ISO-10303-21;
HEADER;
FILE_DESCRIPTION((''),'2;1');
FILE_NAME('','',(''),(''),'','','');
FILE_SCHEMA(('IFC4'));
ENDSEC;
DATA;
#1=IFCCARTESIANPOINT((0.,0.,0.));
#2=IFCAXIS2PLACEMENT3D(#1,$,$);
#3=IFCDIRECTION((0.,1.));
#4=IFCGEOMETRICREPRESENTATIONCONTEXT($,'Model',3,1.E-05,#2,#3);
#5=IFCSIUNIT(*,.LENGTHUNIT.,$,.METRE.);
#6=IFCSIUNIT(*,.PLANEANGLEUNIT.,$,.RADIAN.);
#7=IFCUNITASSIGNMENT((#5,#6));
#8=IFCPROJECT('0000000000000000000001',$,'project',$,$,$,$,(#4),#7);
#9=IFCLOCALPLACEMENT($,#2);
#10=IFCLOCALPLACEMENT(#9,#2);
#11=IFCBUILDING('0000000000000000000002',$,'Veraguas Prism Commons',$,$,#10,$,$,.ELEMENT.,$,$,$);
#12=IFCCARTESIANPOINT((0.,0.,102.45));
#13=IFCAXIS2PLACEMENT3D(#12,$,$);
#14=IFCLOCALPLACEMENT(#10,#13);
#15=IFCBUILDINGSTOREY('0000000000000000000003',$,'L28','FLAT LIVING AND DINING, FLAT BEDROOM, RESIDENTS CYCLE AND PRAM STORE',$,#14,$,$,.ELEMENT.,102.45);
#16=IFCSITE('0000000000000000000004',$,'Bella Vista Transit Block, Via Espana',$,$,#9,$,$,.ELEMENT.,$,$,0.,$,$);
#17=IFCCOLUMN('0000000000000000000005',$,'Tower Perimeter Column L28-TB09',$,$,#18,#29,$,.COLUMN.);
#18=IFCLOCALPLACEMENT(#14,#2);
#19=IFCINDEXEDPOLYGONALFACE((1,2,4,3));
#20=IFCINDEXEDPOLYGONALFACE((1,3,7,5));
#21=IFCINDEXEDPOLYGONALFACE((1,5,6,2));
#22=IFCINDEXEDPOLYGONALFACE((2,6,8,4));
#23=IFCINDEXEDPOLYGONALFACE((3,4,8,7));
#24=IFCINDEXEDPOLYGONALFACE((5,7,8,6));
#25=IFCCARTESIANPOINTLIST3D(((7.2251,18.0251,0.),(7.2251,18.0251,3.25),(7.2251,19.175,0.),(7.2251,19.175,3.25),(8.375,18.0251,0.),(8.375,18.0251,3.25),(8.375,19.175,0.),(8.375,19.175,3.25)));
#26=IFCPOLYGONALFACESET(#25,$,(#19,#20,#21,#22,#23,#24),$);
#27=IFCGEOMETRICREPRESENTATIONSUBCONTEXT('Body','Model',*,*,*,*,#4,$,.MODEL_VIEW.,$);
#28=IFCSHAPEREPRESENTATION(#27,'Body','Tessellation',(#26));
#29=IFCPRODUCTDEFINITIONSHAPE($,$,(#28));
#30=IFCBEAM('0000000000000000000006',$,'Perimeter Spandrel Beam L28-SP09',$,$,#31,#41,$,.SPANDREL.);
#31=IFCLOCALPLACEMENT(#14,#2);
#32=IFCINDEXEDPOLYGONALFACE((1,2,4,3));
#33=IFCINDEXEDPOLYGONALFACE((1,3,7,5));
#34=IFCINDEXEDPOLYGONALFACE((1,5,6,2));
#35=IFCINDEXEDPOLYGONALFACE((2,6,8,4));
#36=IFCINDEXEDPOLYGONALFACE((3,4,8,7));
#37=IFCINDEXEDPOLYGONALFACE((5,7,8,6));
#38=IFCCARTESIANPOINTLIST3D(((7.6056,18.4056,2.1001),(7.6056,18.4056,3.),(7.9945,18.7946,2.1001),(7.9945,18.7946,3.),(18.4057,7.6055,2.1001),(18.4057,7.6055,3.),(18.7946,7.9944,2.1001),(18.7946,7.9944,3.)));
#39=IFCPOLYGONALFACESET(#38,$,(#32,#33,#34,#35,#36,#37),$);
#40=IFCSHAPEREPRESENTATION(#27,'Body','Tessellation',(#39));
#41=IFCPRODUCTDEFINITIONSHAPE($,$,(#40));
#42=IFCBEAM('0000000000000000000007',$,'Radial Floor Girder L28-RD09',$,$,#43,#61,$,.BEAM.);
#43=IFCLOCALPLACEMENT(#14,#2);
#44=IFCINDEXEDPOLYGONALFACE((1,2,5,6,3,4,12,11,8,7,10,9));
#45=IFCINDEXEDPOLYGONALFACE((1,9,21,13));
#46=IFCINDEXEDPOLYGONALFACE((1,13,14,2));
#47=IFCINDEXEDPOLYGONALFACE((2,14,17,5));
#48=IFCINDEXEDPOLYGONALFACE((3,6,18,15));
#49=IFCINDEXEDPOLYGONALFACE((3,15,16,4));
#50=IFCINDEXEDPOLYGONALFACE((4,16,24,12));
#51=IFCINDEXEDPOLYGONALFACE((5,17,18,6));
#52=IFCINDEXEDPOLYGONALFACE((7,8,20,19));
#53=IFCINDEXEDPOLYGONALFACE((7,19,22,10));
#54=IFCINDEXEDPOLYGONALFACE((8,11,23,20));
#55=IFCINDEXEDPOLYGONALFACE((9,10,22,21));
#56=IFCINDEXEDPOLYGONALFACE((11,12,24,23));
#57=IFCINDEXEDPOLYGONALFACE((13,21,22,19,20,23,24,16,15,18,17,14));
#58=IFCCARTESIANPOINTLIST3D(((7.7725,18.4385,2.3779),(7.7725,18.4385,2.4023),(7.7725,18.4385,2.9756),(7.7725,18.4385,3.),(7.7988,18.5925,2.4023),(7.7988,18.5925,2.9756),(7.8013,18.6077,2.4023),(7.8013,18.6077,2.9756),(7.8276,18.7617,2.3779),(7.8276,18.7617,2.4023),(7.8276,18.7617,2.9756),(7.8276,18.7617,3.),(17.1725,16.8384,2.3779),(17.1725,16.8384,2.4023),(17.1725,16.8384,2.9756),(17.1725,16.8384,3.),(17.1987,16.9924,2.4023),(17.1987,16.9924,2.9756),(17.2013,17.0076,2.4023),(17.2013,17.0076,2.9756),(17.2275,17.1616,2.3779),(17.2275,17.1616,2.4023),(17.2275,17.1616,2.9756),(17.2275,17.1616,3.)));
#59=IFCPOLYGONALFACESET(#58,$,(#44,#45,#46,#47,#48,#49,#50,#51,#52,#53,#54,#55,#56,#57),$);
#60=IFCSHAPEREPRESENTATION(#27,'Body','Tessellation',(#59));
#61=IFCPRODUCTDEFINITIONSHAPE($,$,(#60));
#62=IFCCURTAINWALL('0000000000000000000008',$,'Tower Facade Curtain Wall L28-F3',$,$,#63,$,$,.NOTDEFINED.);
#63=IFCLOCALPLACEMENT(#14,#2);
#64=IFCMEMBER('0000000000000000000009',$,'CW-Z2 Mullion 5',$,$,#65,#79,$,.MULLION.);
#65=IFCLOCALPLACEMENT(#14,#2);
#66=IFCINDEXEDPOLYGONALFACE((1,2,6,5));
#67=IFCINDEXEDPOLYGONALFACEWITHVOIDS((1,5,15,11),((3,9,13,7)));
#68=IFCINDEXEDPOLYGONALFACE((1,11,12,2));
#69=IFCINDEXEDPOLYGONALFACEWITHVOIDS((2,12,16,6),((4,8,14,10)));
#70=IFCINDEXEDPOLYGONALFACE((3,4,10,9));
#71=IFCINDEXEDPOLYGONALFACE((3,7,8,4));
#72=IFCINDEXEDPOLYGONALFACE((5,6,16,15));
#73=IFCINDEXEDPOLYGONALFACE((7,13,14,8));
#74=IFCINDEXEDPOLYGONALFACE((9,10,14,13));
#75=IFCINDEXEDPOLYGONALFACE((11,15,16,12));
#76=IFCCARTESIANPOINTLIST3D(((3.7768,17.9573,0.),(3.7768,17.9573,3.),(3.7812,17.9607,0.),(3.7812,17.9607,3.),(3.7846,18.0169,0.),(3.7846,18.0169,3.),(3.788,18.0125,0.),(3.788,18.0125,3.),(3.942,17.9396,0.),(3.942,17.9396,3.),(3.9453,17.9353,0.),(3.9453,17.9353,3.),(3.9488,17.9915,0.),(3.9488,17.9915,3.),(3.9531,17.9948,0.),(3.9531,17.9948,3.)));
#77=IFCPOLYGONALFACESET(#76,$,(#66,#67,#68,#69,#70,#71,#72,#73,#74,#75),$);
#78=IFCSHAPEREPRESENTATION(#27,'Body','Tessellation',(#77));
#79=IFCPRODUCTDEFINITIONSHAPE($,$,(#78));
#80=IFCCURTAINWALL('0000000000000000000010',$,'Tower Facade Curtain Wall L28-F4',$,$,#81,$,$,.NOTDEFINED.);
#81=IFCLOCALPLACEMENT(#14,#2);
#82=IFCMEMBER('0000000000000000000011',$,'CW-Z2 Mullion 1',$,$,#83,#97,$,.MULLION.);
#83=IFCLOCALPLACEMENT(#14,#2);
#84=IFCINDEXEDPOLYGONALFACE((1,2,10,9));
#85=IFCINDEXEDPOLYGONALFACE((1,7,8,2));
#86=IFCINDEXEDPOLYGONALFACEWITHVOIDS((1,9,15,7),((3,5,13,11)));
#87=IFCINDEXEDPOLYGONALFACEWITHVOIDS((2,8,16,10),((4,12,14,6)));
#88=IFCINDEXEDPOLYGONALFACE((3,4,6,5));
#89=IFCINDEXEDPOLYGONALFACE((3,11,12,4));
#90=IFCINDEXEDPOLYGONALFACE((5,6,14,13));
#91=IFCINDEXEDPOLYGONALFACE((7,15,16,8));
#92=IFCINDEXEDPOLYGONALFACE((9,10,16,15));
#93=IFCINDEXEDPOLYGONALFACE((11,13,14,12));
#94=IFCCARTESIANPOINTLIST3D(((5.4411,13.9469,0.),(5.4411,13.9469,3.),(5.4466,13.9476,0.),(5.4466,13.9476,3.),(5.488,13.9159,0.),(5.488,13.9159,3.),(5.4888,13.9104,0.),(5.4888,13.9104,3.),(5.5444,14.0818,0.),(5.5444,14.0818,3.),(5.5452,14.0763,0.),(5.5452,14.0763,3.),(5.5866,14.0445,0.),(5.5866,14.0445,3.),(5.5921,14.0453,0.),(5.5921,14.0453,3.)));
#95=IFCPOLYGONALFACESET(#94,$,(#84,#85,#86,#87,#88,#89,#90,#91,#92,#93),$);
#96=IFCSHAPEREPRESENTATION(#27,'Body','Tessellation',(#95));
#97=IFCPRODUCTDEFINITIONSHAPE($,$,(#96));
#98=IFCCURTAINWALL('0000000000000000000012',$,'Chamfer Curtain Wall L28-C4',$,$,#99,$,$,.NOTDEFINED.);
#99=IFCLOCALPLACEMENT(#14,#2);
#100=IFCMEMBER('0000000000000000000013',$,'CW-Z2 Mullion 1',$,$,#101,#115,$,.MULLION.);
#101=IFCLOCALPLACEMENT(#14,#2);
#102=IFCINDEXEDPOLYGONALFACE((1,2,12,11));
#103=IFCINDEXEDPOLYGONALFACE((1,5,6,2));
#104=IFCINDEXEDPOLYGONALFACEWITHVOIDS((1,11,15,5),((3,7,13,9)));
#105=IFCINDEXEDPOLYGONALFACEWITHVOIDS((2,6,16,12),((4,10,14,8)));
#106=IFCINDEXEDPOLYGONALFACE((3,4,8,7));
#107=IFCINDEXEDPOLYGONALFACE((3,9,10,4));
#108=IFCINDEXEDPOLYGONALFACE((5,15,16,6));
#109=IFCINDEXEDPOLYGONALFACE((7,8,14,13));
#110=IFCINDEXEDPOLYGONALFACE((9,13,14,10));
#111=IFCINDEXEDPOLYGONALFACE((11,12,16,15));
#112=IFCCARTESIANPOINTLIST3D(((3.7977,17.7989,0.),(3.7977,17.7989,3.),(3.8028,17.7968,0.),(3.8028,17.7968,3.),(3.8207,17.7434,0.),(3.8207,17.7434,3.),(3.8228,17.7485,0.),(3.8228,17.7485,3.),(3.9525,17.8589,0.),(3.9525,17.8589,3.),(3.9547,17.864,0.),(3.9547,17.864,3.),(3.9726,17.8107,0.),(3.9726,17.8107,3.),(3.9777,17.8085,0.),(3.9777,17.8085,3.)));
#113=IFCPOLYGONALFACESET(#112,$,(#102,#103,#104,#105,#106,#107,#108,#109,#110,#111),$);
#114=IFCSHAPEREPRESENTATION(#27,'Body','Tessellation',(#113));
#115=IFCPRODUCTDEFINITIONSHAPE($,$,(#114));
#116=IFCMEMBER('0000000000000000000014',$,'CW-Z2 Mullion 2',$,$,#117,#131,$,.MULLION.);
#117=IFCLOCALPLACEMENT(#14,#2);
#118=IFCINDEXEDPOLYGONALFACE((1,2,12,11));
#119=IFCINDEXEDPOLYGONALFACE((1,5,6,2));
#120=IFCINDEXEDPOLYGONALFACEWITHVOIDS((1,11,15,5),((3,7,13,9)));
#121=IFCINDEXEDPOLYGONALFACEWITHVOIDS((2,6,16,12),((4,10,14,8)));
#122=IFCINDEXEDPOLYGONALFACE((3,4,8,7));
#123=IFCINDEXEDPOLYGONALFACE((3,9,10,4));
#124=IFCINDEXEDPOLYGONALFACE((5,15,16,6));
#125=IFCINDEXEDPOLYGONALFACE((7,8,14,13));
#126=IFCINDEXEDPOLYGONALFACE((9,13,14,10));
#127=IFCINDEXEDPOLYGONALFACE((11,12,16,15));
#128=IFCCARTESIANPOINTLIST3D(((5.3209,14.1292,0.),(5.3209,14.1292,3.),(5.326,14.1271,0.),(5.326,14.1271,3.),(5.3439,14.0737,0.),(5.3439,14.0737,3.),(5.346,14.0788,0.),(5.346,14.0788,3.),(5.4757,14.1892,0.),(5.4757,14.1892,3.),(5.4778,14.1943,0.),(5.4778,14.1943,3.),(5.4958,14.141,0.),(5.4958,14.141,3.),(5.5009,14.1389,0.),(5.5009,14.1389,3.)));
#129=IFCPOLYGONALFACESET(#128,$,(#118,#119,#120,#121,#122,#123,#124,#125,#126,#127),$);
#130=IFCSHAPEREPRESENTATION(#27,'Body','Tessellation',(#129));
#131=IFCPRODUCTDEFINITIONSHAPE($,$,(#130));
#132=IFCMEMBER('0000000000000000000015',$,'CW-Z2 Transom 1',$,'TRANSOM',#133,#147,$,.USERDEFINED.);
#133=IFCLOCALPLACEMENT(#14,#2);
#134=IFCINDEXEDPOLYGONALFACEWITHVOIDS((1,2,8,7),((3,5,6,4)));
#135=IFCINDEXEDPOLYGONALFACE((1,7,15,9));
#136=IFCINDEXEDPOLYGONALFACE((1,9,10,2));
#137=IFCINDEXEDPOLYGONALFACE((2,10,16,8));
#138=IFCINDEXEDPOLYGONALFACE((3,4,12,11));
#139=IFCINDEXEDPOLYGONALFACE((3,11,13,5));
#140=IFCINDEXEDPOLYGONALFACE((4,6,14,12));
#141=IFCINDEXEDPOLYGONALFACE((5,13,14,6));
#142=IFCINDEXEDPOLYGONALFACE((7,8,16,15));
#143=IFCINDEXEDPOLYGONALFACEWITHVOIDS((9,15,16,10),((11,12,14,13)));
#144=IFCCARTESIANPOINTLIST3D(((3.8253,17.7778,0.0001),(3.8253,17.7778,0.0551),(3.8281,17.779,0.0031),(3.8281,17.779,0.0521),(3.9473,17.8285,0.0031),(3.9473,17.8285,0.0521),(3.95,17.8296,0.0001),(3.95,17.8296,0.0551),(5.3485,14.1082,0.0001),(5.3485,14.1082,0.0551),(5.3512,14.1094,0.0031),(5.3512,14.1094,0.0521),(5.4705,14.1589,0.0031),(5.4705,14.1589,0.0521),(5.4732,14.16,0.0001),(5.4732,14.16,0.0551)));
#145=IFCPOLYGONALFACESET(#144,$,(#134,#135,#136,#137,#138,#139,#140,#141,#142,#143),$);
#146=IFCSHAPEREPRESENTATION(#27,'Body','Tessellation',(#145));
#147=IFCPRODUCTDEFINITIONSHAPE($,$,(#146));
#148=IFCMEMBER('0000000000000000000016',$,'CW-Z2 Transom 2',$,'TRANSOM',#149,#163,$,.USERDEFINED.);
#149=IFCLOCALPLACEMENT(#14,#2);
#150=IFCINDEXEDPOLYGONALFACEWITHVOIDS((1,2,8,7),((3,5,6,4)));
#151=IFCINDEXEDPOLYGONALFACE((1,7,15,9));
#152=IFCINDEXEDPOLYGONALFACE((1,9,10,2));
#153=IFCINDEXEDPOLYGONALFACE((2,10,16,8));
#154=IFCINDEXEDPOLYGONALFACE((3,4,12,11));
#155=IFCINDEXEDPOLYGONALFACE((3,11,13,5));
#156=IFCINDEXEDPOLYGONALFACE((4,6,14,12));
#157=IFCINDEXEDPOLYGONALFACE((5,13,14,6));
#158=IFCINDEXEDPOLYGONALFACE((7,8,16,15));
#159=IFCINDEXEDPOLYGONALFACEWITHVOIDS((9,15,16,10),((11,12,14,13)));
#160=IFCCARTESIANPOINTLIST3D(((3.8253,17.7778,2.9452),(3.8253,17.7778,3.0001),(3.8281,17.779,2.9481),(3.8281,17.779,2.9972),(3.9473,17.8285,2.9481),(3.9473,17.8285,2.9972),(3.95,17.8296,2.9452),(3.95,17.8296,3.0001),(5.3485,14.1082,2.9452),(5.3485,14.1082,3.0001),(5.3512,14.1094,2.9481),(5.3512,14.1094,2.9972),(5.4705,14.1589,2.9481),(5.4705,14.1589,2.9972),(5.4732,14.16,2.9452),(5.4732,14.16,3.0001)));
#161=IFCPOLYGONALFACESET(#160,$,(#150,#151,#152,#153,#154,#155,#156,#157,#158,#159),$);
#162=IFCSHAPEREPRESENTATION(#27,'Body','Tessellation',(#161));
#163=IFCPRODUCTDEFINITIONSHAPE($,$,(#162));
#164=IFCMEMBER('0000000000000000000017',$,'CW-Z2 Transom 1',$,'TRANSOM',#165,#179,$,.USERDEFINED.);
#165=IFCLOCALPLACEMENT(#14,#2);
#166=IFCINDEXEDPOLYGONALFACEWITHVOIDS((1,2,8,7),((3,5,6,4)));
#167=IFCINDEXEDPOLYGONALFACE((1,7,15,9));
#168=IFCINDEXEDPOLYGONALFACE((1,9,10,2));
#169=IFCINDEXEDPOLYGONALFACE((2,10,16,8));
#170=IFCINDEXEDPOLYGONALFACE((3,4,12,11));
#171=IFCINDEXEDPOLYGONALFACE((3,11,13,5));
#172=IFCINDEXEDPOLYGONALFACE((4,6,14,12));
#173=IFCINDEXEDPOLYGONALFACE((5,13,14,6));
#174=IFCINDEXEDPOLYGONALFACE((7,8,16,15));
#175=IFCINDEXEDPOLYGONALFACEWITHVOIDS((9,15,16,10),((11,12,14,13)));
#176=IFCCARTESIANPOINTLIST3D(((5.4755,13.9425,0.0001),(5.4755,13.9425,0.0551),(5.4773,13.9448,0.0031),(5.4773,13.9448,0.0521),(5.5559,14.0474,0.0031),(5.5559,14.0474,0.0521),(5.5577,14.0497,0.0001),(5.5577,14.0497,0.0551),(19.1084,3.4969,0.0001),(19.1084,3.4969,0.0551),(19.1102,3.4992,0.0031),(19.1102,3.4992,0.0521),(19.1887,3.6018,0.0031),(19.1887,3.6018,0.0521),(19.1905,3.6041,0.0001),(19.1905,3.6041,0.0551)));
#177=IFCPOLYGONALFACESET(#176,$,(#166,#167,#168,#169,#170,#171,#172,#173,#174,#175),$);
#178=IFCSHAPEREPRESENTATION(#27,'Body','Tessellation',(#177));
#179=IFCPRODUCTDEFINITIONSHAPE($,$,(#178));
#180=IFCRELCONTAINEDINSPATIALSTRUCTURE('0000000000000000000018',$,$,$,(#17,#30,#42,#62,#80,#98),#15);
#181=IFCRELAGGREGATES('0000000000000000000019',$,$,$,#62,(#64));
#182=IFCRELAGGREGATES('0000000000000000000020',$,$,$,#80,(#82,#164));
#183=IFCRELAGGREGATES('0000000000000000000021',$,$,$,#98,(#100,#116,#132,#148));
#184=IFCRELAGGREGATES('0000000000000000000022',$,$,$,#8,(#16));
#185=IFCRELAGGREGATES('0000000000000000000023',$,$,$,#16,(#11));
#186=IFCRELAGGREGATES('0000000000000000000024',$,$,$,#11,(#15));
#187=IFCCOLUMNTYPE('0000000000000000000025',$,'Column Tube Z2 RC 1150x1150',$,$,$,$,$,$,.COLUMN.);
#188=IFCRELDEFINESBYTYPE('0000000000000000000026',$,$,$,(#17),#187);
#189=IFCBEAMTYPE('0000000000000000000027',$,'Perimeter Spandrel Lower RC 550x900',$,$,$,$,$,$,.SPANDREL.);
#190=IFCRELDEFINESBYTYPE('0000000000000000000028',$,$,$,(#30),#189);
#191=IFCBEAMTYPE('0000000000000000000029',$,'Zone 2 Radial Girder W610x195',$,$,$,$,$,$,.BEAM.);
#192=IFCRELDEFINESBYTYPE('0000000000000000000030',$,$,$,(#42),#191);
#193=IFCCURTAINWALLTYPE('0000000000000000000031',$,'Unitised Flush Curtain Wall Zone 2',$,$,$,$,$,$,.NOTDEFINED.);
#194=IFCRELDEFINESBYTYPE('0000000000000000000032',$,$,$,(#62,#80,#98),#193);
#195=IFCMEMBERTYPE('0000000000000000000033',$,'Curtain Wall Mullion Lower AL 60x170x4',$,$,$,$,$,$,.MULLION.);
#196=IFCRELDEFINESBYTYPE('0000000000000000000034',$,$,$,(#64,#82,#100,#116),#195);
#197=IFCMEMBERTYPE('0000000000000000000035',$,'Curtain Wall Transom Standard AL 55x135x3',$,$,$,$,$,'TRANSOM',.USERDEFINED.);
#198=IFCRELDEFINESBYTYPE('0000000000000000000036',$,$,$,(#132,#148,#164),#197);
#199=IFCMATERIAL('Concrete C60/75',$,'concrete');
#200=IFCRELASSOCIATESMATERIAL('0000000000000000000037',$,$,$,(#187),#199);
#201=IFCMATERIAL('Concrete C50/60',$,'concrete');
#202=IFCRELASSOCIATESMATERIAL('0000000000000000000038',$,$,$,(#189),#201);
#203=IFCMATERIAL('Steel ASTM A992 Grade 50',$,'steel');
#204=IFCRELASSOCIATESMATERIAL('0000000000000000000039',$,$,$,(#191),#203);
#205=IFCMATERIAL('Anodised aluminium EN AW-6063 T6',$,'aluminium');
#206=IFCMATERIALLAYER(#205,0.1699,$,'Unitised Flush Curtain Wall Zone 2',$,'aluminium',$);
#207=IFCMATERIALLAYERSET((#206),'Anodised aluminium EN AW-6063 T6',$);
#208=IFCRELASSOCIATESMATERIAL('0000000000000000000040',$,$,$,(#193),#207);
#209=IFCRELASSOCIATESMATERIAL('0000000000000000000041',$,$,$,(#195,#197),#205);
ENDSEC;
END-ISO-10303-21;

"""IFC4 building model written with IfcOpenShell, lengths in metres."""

from ifc_helpers import new_model, si_unit, direction, frame, origin, origin_2d, place, context, subcontext, project, spatial, rectangle, hollow_rectangle, i_section, extrude, source, transform, mapped, material, layer, layer_set, material_profile, profile_set, type_object, element, aggregate, save


model = new_model("IFC4")

# Units and contexts
model_context = context("Model", 3, precision=1e-05, world=origin(), true_north=direction((0.0, 1.0)))
body_context = subcontext(model_context, "Body", "Model", "MODEL_VIEW")
ifc_project = project(units=[si_unit("LENGTHUNIT", "METRE"), si_unit("PLANEANGLEUNIT", "RADIAN")], contexts=[model_context])

# Site, building, storey
site_placement = place(None, origin())
site = spatial("IfcSite", under=ifc_project, at=site_placement, Name="Bella Vista Transit Block, Via Espana", CompositionType="ELEMENT", RefElevation=0.0)
building_placement = place(site_placement, origin())
building = spatial("IfcBuilding", under=site, at=building_placement, Name="Veraguas Prism Commons", CompositionType="ELEMENT")
storey_placement = place(building_placement, frame((0.0, 0.0, 102.45)))
storey = spatial("IfcBuildingStorey", under=building, at=storey_placement, Name="L28", Description="FLAT LIVING AND DINING, FLAT BEDROOM, RESIDENTS CYCLE AND PRAM STORE", CompositionType="ELEMENT", Elevation=102.45)

# Column
ifc_material_1 = material(Name="Concrete C60/75", Category="concrete")
ifc_material_profile_1 = material_profile(ifc_material_1, rectangle(XDim=1.1499, YDim=1.1499, at=origin_2d()), Name="RC1150X1150")
ifc_profile_set_1 = profile_set([ifc_material_profile_1], Name="Concrete C60/75")
column_type = type_object("IfcColumnType", Name="Column Tube Z2 RC 1150x1150", PredefinedType="COLUMN", material=ifc_profile_set_1)
column_placement = place(storey_placement, frame((7.8, 18.6001, 0.0), z_axis=(0.0, 0.0, 1.0), x_axis=(1.0, 0.0, 0.0)))
element("IfcColumn", 1, at=column_placement, inside=storey, type_object=column_type, Name="Tower Perimeter Column L28-TB09", PredefinedType="COLUMN", context=body_context, shape_type="SweptSolid", body=[
    extrude(rectangle(XDim=1.1499, YDim=1.1499, at=origin_2d()), origin(), (0.0, 0.0, 1.0), 3.25),
])

# Beams
ifc_material_2 = material(Name="Concrete C50/60", Category="concrete")
ifc_material_profile_2 = material_profile(ifc_material_2, rectangle(XDim=0.55, YDim=0.8999, at=origin_2d()), Name="RC550X900")
ifc_profile_set_2 = profile_set([ifc_material_profile_2], Name="Concrete C50/60")
beam_type_1 = type_object("IfcBeamType", Name="Perimeter Spandrel Lower RC 550x900", PredefinedType="SPANDREL", material=ifc_profile_set_2)
beam_1_placement = place(storey_placement, frame((7.8, 18.6001, 2.55), z_axis=(0.707107, -0.707107, 0.0), x_axis=(0.707107, 0.707107, 0.0)))
element("IfcBeam", 2, at=beam_1_placement, inside=storey, type_object=beam_type_1, Name="Perimeter Spandrel Beam L28-SP09", PredefinedType="SPANDREL", context=body_context, shape_type="SweptSolid", body=[
    extrude(rectangle(XDim=0.55, YDim=0.8999, at=origin_2d()), origin(), (0.0, 0.0, 1.0), 15.2737),
])
ifc_material_3 = material(Name="Steel ASTM A992 Grade 50", Category="steel")
ifc_material_profile_3 = material_profile(ifc_material_3, i_section(OverallWidth=0.3279, OverallDepth=0.6221, WebThickness=0.0154, FlangeThickness=0.0244, at=origin_2d()), Name="W610X195")
ifc_profile_set_3 = profile_set([ifc_material_profile_3], Name="Steel ASTM A992 Grade 50")
beam_type_2 = type_object("IfcBeamType", Name="Zone 2 Radial Girder W610x195", PredefinedType="BEAM", material=ifc_profile_set_3)
beam_2_placement = place(storey_placement, frame((7.8, 18.6001, 2.689), z_axis=(0.985819, -0.167811, 0.0), x_axis=(0.167811, 0.985819, 0.0)))
element("IfcBeam", 3, at=beam_2_placement, inside=storey, type_object=beam_type_2, Name="Radial Floor Girder L28-RD09", PredefinedType="BEAM", context=body_context, shape_type="SweptSolid", body=[
    extrude(i_section(OverallWidth=0.3279, OverallDepth=0.6221, WebThickness=0.0154, FlangeThickness=0.0244, at=origin_2d()), origin(), (0.0, 0.0, 1.0), 9.5352),
])

# Curtain walls, members
ifc_material_4 = material(Name="Anodised aluminium EN AW-6063 T6", Category="aluminium")
ifc_layer_1 = layer(ifc_material_4, 0.1699, Name="Unitised Flush Curtain Wall Zone 2", Category="aluminium")
ifc_layer_set_1 = layer_set([ifc_layer_1], Name="Anodised aluminium EN AW-6063 T6")
curtain_wall_type = type_object("IfcCurtainWallType", Name="Unitised Flush Curtain Wall Zone 2", PredefinedType="NOTDEFINED", material=ifc_layer_set_1)
curtain_wall_1_placement = place(storey_placement, origin())
curtain_wall_1 = element("IfcCurtainWall", 4, at=curtain_wall_1_placement, inside=storey, type_object=curtain_wall_type, Name="Tower Facade Curtain Wall L28-F3", PredefinedType="NOTDEFINED")
ifc_material_profile_4 = material_profile(ifc_material_4, hollow_rectangle(XDim=0.0601, YDim=0.1699, WallThickness=0.0039, at=origin_2d()), Name="AL60X170X4")
ifc_profile_set_4 = profile_set([ifc_material_profile_4], Name="Anodised aluminium EN AW-6063 T6")
member_type_1 = type_object("IfcMemberType", Name="Curtain Wall Mullion Lower AL 60x170x4", PredefinedType="MULLION", material=ifc_profile_set_4)
shared_shape_1 = source(origin(), body_context, "Body", "SweptSolid", [
    extrude(hollow_rectangle(XDim=0.0601, YDim=0.1699, WallThickness=0.0039, at=origin_2d()), origin(), (0.0, 0.0, 1.0), 3.0),
])
member_1_placement = place(storey_placement, frame((3.865, 17.9761, 0.0), z_axis=(0.0, 0.0, 1.0), x_axis=(-0.129834, -0.991536, 0.0)))
member_1 = element("IfcMember", 5, at=member_1_placement, type_object=member_type_1, Name="CW-Z2 Mullion 5", PredefinedType="MULLION", context=body_context, shape_type="MappedRepresentation", body=[
    mapped(shared_shape_1, transform((0.0, 0.0, 0.0), scale=1.0)),
])
curtain_wall_2_placement = place(storey_placement, origin())
curtain_wall_2 = element("IfcCurtainWall", 6, at=curtain_wall_2_placement, inside=storey, type_object=curtain_wall_type, Name="Tower Facade Curtain Wall L28-F4", PredefinedType="NOTDEFINED")
member_2_placement = place(storey_placement, frame((5.5166, 13.9961, 0.0), z_axis=(0.0, 0.0, 1.0), x_axis=(0.793778, -0.608207, 0.0)))
member_2 = element("IfcMember", 7, at=member_2_placement, type_object=member_type_1, Name="CW-Z2 Mullion 1", PredefinedType="MULLION", context=body_context, shape_type="MappedRepresentation", body=[
    mapped(shared_shape_1, transform((0.0, 0.0, 0.0), scale=1.0)),
])

# Curtain wall, members
curtain_wall_3_placement = place(storey_placement, origin())
curtain_wall_3 = element("IfcCurtainWall", 8, at=curtain_wall_3_placement, inside=storey, type_object=curtain_wall_type, Name="Chamfer Curtain Wall L28-C4", PredefinedType="NOTDEFINED")
member_3_placement = place(storey_placement, frame((3.8877, 17.8037, 0.0), z_axis=(0.0, 0.0, 1.0), x_axis=(0.38332, -0.923615, 0.0)))
member_3 = element("IfcMember", 9, at=member_3_placement, type_object=member_type_1, Name="CW-Z2 Mullion 1", PredefinedType="MULLION", context=body_context, shape_type="MappedRepresentation", body=[
    mapped(shared_shape_1, transform((0.0, 0.0, 0.0), scale=1.0)),
])
member_4_placement = place(storey_placement, frame((5.4109, 14.134, 0.0), z_axis=(0.0, 0.0, 1.0), x_axis=(0.38332, -0.923615, 0.0)))
member_4 = element("IfcMember", 10, at=member_4_placement, type_object=member_type_1, Name="CW-Z2 Mullion 2", PredefinedType="MULLION", context=body_context, shape_type="MappedRepresentation", body=[
    mapped(shared_shape_1, transform((0.0, 0.0, 0.0), scale=1.0)),
])
ifc_material_profile_5 = material_profile(ifc_material_4, hollow_rectangle(XDim=0.0549, YDim=0.135, WallThickness=0.0029, at=origin_2d()), Name="AL55X135X3")
ifc_profile_set_5 = profile_set([ifc_material_profile_5], Name="Anodised aluminium EN AW-6063 T6")
member_type_2 = type_object("IfcMemberType", Name="Curtain Wall Transom Standard AL 55x135x3", ElementType="TRANSOM", PredefinedType="USERDEFINED", material=ifc_profile_set_5)
shared_shape_2 = source(origin(), body_context, "Body", "SweptSolid", [
    extrude(hollow_rectangle(XDim=0.0549, YDim=0.135, WallThickness=0.0029, at=origin_2d()), origin(), (0.0, 0.0, 1.0), 3.9731),
])
member_5_placement = place(storey_placement, frame((3.8877, 17.8037, 0.0276), z_axis=(0.383363, -0.923598, 0.0), x_axis=(0.0, 0.0, 1.0)))
member_5 = element("IfcMember", 11, at=member_5_placement, type_object=member_type_2, Name="CW-Z2 Transom 1", ObjectType="TRANSOM", PredefinedType="USERDEFINED", context=body_context, shape_type="MappedRepresentation", body=[
    mapped(shared_shape_2, transform((0.0, 0.0, 0.0), scale=1.0)),
])
member_6_placement = place(storey_placement, frame((3.8877, 17.8037, 2.9727), z_axis=(0.383363, -0.923598, 0.0), x_axis=(0.0, 0.0, 1.0)))
member_6 = element("IfcMember", 12, at=member_6_placement, type_object=member_type_2, Name="CW-Z2 Transom 2", ObjectType="TRANSOM", PredefinedType="USERDEFINED", context=body_context, shape_type="MappedRepresentation", body=[
    mapped(shared_shape_2, transform((0.0, 0.0, 0.0), scale=1.0)),
])

# Member
shared_shape_3 = source(origin(), body_context, "Body", "SweptSolid", [
    extrude(hollow_rectangle(XDim=0.0549, YDim=0.135, WallThickness=0.0029, at=origin_2d()), origin(), (0.0, 0.0, 1.0), 17.1746),
])
member_7_placement = place(storey_placement, frame((5.5166, 13.9961, 0.0276), z_axis=(0.793783, -0.608202, 0.0), x_axis=(0.0, 0.0, 1.0)))
member_7 = element("IfcMember", 13, at=member_7_placement, type_object=member_type_2, Name="CW-Z2 Transom 1", ObjectType="TRANSOM", PredefinedType="USERDEFINED", context=body_context, shape_type="MappedRepresentation", body=[
    mapped(shared_shape_3, transform((0.0, 0.0, 0.0), scale=1.0)),
])

aggregate(curtain_wall_1, [member_1])
aggregate(curtain_wall_2, [member_2, member_7])
aggregate(curtain_wall_3, [member_3, member_4, member_5, member_6])

save(model, "model.ifc")
